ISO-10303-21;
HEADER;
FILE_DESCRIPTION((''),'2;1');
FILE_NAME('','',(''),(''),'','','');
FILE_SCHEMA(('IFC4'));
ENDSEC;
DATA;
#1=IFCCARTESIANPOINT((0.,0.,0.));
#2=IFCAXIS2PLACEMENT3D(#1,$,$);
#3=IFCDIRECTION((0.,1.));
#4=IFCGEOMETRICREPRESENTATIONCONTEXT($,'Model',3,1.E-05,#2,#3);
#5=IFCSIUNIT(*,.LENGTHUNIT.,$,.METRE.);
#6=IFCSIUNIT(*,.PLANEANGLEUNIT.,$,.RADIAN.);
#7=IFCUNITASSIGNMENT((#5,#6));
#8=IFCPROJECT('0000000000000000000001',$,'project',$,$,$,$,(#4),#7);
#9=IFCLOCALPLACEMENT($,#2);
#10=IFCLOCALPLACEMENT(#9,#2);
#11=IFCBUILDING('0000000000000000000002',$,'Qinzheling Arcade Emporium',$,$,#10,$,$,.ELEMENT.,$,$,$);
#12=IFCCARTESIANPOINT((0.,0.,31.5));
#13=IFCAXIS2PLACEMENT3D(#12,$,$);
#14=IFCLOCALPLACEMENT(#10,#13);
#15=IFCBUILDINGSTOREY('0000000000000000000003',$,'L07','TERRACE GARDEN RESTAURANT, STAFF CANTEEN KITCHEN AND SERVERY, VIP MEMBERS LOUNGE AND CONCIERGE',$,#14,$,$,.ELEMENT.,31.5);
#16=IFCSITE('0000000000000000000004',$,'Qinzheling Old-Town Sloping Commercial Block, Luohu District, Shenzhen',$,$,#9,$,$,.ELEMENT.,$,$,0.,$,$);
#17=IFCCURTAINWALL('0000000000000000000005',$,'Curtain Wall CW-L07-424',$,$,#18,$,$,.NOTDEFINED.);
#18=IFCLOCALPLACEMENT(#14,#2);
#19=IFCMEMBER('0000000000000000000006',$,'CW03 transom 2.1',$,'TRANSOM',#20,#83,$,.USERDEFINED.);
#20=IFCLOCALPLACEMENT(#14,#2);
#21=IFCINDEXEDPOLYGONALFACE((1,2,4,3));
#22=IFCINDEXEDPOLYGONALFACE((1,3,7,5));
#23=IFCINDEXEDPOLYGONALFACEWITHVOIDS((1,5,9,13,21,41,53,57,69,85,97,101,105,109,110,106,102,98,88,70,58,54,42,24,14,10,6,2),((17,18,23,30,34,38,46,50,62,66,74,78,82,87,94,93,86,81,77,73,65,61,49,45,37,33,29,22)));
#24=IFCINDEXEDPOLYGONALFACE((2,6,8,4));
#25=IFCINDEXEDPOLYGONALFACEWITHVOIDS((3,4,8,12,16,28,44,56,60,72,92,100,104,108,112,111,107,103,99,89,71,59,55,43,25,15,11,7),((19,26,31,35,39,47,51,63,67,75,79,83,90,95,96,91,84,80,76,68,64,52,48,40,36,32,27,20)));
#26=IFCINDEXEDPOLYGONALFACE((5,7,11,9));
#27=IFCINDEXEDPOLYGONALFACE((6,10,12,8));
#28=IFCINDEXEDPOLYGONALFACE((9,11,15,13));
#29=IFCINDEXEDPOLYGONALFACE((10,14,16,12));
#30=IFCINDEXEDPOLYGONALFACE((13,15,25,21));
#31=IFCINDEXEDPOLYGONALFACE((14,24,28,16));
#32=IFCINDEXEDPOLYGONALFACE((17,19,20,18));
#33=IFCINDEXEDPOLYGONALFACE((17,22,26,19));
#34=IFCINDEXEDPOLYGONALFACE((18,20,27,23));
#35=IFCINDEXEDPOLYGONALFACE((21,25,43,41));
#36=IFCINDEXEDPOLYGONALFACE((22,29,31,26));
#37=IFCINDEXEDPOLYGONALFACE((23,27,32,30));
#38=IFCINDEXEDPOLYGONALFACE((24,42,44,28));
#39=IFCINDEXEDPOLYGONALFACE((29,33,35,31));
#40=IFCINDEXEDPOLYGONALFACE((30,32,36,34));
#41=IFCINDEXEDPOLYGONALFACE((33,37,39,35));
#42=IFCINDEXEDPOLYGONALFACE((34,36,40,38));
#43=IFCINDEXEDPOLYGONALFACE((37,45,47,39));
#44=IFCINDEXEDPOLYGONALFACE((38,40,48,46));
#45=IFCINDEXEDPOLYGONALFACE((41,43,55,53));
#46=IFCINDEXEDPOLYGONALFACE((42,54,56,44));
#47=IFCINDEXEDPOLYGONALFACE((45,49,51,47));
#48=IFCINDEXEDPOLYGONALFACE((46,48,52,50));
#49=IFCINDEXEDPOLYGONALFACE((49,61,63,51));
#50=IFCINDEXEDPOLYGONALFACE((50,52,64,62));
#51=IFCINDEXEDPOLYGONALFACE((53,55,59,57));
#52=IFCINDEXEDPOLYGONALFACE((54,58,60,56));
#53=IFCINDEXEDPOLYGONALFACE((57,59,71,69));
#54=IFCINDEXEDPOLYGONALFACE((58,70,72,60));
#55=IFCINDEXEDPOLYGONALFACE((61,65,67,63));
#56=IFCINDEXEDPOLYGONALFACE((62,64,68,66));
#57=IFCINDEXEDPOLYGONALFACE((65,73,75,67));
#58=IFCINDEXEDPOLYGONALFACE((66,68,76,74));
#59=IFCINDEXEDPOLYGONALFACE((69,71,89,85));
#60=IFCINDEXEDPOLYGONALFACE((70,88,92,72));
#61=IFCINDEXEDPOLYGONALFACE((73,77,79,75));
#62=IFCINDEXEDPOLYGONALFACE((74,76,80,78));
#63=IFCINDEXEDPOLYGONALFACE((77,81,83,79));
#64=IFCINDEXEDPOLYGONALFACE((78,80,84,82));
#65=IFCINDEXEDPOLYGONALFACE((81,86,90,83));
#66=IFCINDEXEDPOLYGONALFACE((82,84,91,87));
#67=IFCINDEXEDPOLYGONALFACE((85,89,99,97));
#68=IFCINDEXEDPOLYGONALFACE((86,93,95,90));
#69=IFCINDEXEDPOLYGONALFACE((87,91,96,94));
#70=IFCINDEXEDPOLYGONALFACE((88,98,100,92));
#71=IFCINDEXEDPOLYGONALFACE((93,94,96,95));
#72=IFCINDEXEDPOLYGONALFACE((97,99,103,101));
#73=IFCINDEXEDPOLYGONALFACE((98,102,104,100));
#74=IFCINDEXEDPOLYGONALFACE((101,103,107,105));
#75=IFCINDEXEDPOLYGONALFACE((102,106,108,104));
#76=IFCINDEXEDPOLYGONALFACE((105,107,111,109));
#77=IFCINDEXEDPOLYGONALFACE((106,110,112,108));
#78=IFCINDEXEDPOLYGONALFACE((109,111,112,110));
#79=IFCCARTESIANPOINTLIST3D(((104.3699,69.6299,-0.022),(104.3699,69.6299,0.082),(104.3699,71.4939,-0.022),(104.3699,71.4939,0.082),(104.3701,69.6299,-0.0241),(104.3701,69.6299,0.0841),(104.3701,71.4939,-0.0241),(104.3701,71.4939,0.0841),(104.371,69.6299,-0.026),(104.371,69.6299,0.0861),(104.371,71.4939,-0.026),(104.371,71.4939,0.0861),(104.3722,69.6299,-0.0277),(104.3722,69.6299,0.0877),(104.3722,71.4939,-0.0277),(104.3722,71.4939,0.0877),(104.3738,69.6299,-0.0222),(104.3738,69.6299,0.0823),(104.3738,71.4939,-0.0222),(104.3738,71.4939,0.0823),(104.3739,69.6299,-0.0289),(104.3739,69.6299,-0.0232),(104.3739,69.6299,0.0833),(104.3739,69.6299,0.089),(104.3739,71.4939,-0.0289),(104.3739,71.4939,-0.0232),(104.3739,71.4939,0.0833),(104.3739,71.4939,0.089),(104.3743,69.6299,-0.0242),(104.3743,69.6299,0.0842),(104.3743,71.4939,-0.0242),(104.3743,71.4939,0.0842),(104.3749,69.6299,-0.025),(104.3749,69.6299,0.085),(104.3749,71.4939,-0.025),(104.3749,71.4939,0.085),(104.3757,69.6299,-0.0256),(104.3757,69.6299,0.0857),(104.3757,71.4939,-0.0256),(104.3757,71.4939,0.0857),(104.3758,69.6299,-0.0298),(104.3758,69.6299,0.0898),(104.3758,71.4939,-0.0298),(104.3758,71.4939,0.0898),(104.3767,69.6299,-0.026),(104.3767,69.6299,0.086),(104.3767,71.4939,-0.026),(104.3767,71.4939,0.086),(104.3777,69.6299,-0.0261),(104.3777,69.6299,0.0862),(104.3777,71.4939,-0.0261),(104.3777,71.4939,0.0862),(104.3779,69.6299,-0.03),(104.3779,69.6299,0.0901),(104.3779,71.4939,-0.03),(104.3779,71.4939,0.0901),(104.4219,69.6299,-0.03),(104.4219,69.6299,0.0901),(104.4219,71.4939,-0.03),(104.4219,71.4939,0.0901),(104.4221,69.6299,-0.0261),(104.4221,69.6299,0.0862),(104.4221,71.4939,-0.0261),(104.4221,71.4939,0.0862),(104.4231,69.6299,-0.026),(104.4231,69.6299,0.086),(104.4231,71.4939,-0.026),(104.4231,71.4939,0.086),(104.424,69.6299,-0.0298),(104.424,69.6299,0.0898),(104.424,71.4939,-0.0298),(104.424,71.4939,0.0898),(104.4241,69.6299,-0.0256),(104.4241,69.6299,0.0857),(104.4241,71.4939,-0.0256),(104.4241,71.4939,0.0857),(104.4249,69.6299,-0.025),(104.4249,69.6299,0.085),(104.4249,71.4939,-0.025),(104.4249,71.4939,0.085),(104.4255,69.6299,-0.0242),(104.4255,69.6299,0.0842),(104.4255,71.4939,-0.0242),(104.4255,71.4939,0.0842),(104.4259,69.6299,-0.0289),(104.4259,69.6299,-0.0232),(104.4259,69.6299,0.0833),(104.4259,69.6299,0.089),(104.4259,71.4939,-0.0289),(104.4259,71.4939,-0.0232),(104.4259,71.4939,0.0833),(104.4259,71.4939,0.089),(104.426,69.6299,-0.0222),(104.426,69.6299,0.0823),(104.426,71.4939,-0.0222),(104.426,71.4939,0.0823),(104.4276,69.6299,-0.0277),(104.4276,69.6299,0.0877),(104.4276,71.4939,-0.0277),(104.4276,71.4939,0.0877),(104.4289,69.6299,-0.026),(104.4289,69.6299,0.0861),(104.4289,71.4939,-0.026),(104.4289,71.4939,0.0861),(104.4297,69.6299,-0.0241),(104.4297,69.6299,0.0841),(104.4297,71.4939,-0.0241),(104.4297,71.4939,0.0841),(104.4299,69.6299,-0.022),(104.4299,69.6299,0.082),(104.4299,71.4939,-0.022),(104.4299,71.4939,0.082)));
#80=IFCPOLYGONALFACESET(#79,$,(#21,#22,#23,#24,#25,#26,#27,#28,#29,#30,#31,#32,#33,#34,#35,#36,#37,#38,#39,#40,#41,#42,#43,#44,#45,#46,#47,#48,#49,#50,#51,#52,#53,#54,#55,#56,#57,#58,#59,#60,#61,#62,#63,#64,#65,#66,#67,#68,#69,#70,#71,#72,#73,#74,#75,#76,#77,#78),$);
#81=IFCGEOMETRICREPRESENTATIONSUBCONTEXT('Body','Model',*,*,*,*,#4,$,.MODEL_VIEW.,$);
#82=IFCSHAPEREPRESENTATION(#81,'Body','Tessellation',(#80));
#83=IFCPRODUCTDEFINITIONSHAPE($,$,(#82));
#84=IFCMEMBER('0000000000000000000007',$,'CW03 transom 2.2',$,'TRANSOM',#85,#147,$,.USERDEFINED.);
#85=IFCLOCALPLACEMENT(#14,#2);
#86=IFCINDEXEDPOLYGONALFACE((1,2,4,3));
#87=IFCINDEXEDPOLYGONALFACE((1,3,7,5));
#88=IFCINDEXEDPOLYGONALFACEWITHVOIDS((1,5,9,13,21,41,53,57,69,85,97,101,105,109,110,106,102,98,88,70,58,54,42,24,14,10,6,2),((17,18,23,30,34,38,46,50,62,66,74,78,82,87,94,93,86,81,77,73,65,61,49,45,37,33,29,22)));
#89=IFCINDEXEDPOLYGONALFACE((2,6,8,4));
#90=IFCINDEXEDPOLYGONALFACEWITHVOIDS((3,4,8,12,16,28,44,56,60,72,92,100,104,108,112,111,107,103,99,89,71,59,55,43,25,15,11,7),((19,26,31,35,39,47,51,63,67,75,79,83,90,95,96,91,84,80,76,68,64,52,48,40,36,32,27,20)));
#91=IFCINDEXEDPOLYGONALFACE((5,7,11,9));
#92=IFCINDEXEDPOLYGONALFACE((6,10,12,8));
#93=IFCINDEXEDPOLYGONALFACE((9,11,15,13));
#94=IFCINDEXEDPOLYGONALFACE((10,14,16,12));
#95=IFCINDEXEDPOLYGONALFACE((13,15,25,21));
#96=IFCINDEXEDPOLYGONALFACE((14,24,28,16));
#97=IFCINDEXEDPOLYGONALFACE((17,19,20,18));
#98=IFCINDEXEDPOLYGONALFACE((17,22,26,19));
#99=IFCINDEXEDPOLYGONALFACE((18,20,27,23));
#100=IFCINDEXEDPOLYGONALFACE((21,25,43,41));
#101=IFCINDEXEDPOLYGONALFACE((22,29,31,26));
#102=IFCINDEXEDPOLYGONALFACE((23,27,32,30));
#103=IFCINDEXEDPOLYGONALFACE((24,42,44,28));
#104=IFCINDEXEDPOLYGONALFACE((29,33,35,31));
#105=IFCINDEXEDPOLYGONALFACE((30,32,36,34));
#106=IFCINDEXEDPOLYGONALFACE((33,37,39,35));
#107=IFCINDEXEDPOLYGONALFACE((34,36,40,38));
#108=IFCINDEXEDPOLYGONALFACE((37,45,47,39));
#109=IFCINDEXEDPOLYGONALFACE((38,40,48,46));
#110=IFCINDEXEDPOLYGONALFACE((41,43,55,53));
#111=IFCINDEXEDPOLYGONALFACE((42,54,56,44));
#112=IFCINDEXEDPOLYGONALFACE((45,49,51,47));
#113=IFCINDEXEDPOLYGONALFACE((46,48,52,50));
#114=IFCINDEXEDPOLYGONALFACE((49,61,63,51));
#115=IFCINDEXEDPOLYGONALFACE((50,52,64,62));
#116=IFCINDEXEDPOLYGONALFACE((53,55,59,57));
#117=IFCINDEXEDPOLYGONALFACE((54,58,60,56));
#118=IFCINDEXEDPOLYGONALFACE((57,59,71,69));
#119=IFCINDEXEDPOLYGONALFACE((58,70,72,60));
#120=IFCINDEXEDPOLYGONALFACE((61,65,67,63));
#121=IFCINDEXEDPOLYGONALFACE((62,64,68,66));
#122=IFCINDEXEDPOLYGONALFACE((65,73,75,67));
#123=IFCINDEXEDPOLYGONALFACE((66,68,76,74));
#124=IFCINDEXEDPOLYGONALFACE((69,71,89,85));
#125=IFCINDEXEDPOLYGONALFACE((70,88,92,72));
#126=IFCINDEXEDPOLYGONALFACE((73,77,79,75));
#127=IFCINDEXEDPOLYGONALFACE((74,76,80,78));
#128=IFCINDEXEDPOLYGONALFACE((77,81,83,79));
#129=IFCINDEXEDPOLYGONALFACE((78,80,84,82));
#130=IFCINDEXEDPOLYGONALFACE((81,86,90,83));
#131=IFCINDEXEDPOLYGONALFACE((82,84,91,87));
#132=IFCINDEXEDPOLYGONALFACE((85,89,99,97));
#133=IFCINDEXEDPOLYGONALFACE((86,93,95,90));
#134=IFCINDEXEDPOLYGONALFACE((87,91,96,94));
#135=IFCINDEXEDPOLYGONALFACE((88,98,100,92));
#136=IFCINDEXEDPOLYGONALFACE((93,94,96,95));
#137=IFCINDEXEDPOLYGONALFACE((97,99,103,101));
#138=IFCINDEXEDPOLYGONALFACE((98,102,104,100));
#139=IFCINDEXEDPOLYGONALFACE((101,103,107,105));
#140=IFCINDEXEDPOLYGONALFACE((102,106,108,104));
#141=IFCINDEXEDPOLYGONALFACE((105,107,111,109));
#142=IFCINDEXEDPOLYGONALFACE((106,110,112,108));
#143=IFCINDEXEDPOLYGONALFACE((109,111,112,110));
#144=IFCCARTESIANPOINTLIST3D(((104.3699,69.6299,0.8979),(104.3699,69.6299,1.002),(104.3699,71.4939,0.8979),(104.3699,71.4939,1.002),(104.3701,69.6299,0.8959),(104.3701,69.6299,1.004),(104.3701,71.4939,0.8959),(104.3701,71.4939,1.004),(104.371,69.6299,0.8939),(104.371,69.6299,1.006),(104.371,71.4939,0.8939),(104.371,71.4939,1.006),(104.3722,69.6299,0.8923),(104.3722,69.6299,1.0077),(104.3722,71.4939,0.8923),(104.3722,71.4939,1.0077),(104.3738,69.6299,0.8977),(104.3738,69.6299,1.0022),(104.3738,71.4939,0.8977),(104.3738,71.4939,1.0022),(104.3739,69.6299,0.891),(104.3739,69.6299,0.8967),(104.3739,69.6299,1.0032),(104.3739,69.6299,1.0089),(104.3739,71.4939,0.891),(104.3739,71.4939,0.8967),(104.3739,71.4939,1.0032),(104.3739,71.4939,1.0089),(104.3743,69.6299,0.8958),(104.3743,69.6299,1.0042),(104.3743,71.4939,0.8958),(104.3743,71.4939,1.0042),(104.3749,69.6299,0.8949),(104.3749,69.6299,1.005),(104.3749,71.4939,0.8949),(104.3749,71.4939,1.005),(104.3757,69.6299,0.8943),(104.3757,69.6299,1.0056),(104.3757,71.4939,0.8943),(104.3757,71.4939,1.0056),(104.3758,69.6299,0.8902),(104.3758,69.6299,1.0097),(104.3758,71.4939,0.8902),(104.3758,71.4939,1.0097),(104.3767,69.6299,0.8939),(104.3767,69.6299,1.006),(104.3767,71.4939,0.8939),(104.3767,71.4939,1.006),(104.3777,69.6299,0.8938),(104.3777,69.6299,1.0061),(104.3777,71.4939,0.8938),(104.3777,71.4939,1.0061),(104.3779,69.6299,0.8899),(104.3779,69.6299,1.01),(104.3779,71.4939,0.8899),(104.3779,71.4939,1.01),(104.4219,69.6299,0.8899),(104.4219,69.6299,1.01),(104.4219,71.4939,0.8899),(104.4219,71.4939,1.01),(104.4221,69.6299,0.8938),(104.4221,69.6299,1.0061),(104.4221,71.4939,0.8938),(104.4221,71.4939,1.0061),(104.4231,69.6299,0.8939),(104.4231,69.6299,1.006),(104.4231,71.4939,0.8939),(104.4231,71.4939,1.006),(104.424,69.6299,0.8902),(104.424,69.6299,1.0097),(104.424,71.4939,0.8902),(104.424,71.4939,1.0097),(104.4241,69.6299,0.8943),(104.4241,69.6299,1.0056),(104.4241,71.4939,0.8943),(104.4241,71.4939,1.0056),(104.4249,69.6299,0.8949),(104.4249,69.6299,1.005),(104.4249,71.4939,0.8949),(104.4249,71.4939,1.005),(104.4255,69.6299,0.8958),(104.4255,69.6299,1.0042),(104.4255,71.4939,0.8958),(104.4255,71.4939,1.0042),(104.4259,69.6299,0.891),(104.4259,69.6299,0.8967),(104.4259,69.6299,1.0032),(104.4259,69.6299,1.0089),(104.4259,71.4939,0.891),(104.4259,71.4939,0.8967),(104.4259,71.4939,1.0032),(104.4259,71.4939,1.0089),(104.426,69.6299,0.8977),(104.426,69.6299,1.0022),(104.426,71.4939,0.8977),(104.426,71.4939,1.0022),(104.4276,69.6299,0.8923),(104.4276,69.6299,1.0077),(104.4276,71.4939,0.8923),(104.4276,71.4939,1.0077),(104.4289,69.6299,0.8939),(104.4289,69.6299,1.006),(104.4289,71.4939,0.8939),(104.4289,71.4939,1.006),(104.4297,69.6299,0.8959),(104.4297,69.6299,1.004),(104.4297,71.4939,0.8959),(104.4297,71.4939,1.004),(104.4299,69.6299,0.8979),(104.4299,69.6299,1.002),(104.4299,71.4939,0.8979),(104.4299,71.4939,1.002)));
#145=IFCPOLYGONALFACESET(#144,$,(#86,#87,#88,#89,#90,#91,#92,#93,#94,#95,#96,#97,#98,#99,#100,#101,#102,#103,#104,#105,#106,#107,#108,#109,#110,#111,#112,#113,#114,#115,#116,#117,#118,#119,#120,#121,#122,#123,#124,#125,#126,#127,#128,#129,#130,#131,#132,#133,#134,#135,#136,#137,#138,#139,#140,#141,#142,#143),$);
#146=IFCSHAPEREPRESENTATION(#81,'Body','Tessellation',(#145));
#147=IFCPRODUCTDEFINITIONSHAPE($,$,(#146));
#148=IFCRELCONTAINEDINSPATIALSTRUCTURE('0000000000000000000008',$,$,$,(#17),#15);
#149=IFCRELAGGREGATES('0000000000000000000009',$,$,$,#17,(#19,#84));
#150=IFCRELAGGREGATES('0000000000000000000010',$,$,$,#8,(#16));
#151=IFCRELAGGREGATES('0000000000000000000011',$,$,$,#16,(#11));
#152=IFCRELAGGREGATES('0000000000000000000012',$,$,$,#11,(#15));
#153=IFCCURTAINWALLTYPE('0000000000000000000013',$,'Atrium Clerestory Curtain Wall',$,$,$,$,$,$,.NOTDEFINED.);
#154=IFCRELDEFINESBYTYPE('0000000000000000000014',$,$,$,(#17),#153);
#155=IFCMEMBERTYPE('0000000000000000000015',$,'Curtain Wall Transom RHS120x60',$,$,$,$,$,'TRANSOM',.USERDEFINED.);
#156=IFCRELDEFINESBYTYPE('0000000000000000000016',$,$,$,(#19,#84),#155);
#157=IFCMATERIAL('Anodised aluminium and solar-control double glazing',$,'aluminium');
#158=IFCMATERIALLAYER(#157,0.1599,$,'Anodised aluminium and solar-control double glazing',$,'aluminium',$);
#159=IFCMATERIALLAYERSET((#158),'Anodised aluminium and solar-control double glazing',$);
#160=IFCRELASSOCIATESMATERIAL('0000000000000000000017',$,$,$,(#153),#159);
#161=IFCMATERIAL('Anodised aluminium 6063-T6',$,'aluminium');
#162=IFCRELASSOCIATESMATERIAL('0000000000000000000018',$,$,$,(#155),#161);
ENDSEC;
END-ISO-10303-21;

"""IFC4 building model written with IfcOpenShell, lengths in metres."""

from ifc_helpers import new_model, si_unit, direction, frame, origin, origin_2d, place, context, subcontext, project, spatial, hollow_rectangle, extrude, material, layer, layer_set, material_profile, profile_set, type_object, element, aggregate, save


model = new_model("IFC4")

# Units and contexts
model_context = context("Model", 3, precision=1e-05, world=origin(), true_north=direction((0.0, 1.0)))
body_context = subcontext(model_context, "Body", "Model", "MODEL_VIEW")
ifc_project = project(units=[si_unit("LENGTHUNIT", "METRE"), si_unit("PLANEANGLEUNIT", "RADIAN")], contexts=[model_context])

# Site, building, storey
site_placement = place(None, origin())
site = spatial("IfcSite", under=ifc_project, at=site_placement, Name="Qinzheling Old-Town Sloping Commercial Block, Luohu District, Shenzhen", CompositionType="ELEMENT", RefElevation=0.0)
building_placement = place(site_placement, origin())
building = spatial("IfcBuilding", under=site, at=building_placement, Name="Qinzheling Arcade Emporium", CompositionType="ELEMENT")
storey_placement = place(building_placement, frame((0.0, 0.0, 31.5)))
storey = spatial("IfcBuildingStorey", under=building, at=storey_placement, Name="L07", Description="TERRACE GARDEN RESTAURANT, STAFF CANTEEN KITCHEN AND SERVERY, VIP MEMBERS LOUNGE AND CONCIERGE", CompositionType="ELEMENT", Elevation=31.5)

# Curtain wall, members
ifc_material_1 = material(Name="Anodised aluminium and solar-control double glazing", Category="aluminium")
ifc_layer_1 = layer(ifc_material_1, 0.1599, Name="Anodised aluminium and solar-control double glazing", Category="aluminium")
ifc_layer_set_1 = layer_set([ifc_layer_1], Name="Anodised aluminium and solar-control double glazing")
curtain_wall_type = type_object("IfcCurtainWallType", Name="Atrium Clerestory Curtain Wall", PredefinedType="NOTDEFINED", material=ifc_layer_set_1)
curtain_wall_placement = place(storey_placement, origin())
curtain_wall = element("IfcCurtainWall", 1, at=curtain_wall_placement, inside=storey, type_object=curtain_wall_type, Name="Curtain Wall CW-L07-424", PredefinedType="NOTDEFINED")
ifc_material_2 = material(Name="Anodised aluminium 6063-T6", Category="aluminium")
ifc_material_profile_1 = material_profile(ifc_material_2, hollow_rectangle(XDim=0.0601, YDim=0.1201, WallThickness=0.0039, InnerFilletRadius=0.0039, OuterFilletRadius=0.0081, at=origin_2d()), Name="RHS 120x60x4", Category="aluminium")
ifc_profile_set_1 = profile_set([ifc_material_profile_1], Name="Anodised aluminium 6063-T6")
member_type_1 = type_object("IfcMemberType", Name="Curtain Wall Transom RHS120x60", ElementType="TRANSOM", PredefinedType="USERDEFINED", material=ifc_profile_set_1)
member_1_placement = place(storey_placement, frame((104.3999, 71.4939, 0.03), z_axis=(0.0, -1.0, 0.0), x_axis=(1.0, 0.0, 0.0)))
member_1 = element("IfcMember", 2, at=member_1_placement, type_object=member_type_1, Name="CW03 transom 2.1", ObjectType="TRANSOM", PredefinedType="USERDEFINED", context=body_context, shape_type="SweptSolid", body=[
    extrude(hollow_rectangle(XDim=0.0601, YDim=0.1201, WallThickness=0.0039, InnerFilletRadius=0.0039, OuterFilletRadius=0.0081, at=origin_2d()), origin(), (0.0, 0.0, 1.0), 1.864),
])
member_2_placement = place(storey_placement, frame((104.3999, 71.4939, 0.95), z_axis=(0.0, -1.0, 0.0), x_axis=(1.0, 0.0, 0.0)))
member_2 = element("IfcMember", 3, at=member_2_placement, type_object=member_type_1, Name="CW03 transom 2.2", ObjectType="TRANSOM", PredefinedType="USERDEFINED", context=body_context, shape_type="SweptSolid", body=[
    extrude(hollow_rectangle(XDim=0.0601, YDim=0.1201, WallThickness=0.0039, InnerFilletRadius=0.0039, OuterFilletRadius=0.0081, at=origin_2d()), origin(), (0.0, 0.0, 1.0), 1.864),
])
aggregate(curtain_wall, [member_1, member_2])

save(model, "model.ifc")
